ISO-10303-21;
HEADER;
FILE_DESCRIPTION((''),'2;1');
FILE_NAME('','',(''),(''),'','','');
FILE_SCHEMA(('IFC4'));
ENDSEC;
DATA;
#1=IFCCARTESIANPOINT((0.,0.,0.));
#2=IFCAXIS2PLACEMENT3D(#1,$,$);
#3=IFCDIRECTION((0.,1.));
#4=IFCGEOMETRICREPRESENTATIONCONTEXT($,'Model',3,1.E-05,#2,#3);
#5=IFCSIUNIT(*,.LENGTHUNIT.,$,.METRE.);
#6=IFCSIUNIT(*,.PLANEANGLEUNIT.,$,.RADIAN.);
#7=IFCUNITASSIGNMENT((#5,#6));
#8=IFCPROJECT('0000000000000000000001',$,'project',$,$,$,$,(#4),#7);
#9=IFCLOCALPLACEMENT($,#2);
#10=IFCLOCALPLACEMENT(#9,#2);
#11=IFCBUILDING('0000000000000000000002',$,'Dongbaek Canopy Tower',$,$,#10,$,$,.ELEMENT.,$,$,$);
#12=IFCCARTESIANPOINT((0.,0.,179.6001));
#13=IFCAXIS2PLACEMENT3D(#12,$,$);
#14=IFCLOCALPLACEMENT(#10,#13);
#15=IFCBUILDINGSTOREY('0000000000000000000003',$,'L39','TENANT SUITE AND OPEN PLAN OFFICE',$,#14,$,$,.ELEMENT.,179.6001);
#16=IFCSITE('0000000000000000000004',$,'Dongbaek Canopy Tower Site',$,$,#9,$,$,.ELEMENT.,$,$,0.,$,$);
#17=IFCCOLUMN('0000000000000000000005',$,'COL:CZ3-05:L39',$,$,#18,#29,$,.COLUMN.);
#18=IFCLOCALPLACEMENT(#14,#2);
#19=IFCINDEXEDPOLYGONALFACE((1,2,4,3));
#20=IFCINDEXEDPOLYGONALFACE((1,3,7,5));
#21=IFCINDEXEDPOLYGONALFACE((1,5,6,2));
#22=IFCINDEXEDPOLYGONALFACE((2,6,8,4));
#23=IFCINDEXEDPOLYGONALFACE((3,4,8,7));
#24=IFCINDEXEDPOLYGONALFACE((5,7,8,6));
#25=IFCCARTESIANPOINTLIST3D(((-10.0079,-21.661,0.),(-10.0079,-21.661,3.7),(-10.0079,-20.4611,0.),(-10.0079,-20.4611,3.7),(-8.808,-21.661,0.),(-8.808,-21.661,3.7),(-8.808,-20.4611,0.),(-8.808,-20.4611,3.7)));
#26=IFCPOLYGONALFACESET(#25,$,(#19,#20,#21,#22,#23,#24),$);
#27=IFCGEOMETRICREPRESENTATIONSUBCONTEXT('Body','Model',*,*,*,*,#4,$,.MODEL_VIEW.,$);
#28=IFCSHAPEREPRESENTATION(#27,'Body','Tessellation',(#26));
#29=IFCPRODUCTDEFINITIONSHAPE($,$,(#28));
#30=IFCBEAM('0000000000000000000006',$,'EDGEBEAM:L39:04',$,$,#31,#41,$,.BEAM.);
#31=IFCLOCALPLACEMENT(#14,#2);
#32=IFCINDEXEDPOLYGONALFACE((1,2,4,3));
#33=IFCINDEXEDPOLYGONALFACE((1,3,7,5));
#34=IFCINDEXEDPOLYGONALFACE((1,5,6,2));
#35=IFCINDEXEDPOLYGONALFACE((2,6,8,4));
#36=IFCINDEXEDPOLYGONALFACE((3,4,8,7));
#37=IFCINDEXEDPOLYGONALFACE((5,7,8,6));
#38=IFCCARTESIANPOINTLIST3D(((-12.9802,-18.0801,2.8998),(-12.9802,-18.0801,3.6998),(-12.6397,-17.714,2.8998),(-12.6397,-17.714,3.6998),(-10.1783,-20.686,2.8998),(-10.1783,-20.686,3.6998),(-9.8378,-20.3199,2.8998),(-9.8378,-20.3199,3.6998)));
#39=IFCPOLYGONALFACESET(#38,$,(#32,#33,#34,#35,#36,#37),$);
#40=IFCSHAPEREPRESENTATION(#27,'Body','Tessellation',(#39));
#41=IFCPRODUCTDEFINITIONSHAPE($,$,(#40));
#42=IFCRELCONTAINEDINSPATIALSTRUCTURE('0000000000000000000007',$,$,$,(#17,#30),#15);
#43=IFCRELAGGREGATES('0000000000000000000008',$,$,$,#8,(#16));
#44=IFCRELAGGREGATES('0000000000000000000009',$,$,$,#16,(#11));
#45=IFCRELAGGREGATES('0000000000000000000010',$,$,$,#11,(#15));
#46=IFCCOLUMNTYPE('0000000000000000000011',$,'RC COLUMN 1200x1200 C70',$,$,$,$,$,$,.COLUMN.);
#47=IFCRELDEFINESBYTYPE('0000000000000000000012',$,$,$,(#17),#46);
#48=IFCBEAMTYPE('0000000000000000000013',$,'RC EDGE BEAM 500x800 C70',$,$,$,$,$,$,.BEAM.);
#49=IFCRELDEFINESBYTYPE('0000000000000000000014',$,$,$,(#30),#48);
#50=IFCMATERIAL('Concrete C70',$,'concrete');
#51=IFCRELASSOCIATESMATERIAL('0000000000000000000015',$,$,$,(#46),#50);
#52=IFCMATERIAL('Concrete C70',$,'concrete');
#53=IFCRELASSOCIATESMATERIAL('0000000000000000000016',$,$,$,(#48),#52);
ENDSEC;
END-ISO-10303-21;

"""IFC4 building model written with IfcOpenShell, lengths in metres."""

from ifc_helpers import new_model, si_unit, direction, frame, origin, origin_2d, place, context, subcontext, project, spatial, rectangle, extrude, material, material_profile, profile_set, type_object, element, save


model = new_model("IFC4")

# Units and contexts
model_context = context("Model", 3, precision=1e-05, world=origin(), true_north=direction((0.0, 1.0)))
body_context = subcontext(model_context, "Body", "Model", "MODEL_VIEW")
ifc_project = project(units=[si_unit("LENGTHUNIT", "METRE"), si_unit("PLANEANGLEUNIT", "RADIAN")], contexts=[model_context])

# Site, building, storey
site_placement = place(None, origin())
site = spatial("IfcSite", under=ifc_project, at=site_placement, Name="Dongbaek Canopy Tower Site", CompositionType="ELEMENT", RefElevation=0.0)
building_placement = place(site_placement, origin())
building = spatial("IfcBuilding", under=site, at=building_placement, Name="Dongbaek Canopy Tower", CompositionType="ELEMENT")
storey_placement = place(building_placement, frame((0.0, 0.0, 179.6001)))
storey = spatial("IfcBuildingStorey", under=building, at=storey_placement, Name="L39", Description="TENANT SUITE AND OPEN PLAN OFFICE", CompositionType="ELEMENT", Elevation=179.6001)

# Column
ifc_material_1 = material(Name="Concrete C70", Category="concrete")
ifc_material_profile_1 = material_profile(ifc_material_1, rectangle(XDim=1.2, YDim=1.2, at=origin_2d()), Name="RC COLUMN 1200x1200 C70")
ifc_profile_set_1 = profile_set([ifc_material_profile_1], Name="Concrete C70")
column_type = type_object("IfcColumnType", Name="RC COLUMN 1200x1200 C70", PredefinedType="COLUMN", material=ifc_profile_set_1)
column_placement = place(storey_placement, frame((-9.408, -21.061, 0.0), z_axis=(0.0, 0.0, 1.0), x_axis=(1.0, 0.0, 0.0)))
element("IfcColumn", 1, at=column_placement, inside=storey, type_object=column_type, Name="COL:CZ3-05:L39", PredefinedType="COLUMN", context=body_context, shape_type="SweptSolid", body=[
    extrude(rectangle(XDim=1.2, YDim=1.2, at=origin_2d()), origin(), (0.0, 0.0, 1.0), 3.7),
])

# Beam
ifc_material_2 = material(Name="Concrete C70", Category="concrete")
ifc_material_profile_2 = material_profile(ifc_material_2, rectangle(XDim=0.5, YDim=0.8, at=origin_2d()), Name="RC EDGE BEAM 500x800 C70")
ifc_profile_set_2 = profile_set([ifc_material_profile_2], Name="Concrete C70")
beam_type = type_object("IfcBeamType", Name="RC EDGE BEAM 500x800 C70", PredefinedType="BEAM", material=ifc_profile_set_2)
beam_placement = place(storey_placement, frame((-10.0081, -20.5029, 3.2998), z_axis=(-0.732259, 0.681026, 0.0), x_axis=(-0.681026, -0.732259, 0.0)))
element("IfcBeam", 2, at=beam_placement, inside=storey, type_object=beam_type, Name="EDGEBEAM:L39:04", PredefinedType="BEAM", context=body_context, shape_type="SweptSolid", body=[
    extrude(rectangle(XDim=0.5, YDim=0.8, at=origin_2d()), origin(), (0.0, 0.0, 1.0), 3.8264),
])

save(model, "model.ifc")
